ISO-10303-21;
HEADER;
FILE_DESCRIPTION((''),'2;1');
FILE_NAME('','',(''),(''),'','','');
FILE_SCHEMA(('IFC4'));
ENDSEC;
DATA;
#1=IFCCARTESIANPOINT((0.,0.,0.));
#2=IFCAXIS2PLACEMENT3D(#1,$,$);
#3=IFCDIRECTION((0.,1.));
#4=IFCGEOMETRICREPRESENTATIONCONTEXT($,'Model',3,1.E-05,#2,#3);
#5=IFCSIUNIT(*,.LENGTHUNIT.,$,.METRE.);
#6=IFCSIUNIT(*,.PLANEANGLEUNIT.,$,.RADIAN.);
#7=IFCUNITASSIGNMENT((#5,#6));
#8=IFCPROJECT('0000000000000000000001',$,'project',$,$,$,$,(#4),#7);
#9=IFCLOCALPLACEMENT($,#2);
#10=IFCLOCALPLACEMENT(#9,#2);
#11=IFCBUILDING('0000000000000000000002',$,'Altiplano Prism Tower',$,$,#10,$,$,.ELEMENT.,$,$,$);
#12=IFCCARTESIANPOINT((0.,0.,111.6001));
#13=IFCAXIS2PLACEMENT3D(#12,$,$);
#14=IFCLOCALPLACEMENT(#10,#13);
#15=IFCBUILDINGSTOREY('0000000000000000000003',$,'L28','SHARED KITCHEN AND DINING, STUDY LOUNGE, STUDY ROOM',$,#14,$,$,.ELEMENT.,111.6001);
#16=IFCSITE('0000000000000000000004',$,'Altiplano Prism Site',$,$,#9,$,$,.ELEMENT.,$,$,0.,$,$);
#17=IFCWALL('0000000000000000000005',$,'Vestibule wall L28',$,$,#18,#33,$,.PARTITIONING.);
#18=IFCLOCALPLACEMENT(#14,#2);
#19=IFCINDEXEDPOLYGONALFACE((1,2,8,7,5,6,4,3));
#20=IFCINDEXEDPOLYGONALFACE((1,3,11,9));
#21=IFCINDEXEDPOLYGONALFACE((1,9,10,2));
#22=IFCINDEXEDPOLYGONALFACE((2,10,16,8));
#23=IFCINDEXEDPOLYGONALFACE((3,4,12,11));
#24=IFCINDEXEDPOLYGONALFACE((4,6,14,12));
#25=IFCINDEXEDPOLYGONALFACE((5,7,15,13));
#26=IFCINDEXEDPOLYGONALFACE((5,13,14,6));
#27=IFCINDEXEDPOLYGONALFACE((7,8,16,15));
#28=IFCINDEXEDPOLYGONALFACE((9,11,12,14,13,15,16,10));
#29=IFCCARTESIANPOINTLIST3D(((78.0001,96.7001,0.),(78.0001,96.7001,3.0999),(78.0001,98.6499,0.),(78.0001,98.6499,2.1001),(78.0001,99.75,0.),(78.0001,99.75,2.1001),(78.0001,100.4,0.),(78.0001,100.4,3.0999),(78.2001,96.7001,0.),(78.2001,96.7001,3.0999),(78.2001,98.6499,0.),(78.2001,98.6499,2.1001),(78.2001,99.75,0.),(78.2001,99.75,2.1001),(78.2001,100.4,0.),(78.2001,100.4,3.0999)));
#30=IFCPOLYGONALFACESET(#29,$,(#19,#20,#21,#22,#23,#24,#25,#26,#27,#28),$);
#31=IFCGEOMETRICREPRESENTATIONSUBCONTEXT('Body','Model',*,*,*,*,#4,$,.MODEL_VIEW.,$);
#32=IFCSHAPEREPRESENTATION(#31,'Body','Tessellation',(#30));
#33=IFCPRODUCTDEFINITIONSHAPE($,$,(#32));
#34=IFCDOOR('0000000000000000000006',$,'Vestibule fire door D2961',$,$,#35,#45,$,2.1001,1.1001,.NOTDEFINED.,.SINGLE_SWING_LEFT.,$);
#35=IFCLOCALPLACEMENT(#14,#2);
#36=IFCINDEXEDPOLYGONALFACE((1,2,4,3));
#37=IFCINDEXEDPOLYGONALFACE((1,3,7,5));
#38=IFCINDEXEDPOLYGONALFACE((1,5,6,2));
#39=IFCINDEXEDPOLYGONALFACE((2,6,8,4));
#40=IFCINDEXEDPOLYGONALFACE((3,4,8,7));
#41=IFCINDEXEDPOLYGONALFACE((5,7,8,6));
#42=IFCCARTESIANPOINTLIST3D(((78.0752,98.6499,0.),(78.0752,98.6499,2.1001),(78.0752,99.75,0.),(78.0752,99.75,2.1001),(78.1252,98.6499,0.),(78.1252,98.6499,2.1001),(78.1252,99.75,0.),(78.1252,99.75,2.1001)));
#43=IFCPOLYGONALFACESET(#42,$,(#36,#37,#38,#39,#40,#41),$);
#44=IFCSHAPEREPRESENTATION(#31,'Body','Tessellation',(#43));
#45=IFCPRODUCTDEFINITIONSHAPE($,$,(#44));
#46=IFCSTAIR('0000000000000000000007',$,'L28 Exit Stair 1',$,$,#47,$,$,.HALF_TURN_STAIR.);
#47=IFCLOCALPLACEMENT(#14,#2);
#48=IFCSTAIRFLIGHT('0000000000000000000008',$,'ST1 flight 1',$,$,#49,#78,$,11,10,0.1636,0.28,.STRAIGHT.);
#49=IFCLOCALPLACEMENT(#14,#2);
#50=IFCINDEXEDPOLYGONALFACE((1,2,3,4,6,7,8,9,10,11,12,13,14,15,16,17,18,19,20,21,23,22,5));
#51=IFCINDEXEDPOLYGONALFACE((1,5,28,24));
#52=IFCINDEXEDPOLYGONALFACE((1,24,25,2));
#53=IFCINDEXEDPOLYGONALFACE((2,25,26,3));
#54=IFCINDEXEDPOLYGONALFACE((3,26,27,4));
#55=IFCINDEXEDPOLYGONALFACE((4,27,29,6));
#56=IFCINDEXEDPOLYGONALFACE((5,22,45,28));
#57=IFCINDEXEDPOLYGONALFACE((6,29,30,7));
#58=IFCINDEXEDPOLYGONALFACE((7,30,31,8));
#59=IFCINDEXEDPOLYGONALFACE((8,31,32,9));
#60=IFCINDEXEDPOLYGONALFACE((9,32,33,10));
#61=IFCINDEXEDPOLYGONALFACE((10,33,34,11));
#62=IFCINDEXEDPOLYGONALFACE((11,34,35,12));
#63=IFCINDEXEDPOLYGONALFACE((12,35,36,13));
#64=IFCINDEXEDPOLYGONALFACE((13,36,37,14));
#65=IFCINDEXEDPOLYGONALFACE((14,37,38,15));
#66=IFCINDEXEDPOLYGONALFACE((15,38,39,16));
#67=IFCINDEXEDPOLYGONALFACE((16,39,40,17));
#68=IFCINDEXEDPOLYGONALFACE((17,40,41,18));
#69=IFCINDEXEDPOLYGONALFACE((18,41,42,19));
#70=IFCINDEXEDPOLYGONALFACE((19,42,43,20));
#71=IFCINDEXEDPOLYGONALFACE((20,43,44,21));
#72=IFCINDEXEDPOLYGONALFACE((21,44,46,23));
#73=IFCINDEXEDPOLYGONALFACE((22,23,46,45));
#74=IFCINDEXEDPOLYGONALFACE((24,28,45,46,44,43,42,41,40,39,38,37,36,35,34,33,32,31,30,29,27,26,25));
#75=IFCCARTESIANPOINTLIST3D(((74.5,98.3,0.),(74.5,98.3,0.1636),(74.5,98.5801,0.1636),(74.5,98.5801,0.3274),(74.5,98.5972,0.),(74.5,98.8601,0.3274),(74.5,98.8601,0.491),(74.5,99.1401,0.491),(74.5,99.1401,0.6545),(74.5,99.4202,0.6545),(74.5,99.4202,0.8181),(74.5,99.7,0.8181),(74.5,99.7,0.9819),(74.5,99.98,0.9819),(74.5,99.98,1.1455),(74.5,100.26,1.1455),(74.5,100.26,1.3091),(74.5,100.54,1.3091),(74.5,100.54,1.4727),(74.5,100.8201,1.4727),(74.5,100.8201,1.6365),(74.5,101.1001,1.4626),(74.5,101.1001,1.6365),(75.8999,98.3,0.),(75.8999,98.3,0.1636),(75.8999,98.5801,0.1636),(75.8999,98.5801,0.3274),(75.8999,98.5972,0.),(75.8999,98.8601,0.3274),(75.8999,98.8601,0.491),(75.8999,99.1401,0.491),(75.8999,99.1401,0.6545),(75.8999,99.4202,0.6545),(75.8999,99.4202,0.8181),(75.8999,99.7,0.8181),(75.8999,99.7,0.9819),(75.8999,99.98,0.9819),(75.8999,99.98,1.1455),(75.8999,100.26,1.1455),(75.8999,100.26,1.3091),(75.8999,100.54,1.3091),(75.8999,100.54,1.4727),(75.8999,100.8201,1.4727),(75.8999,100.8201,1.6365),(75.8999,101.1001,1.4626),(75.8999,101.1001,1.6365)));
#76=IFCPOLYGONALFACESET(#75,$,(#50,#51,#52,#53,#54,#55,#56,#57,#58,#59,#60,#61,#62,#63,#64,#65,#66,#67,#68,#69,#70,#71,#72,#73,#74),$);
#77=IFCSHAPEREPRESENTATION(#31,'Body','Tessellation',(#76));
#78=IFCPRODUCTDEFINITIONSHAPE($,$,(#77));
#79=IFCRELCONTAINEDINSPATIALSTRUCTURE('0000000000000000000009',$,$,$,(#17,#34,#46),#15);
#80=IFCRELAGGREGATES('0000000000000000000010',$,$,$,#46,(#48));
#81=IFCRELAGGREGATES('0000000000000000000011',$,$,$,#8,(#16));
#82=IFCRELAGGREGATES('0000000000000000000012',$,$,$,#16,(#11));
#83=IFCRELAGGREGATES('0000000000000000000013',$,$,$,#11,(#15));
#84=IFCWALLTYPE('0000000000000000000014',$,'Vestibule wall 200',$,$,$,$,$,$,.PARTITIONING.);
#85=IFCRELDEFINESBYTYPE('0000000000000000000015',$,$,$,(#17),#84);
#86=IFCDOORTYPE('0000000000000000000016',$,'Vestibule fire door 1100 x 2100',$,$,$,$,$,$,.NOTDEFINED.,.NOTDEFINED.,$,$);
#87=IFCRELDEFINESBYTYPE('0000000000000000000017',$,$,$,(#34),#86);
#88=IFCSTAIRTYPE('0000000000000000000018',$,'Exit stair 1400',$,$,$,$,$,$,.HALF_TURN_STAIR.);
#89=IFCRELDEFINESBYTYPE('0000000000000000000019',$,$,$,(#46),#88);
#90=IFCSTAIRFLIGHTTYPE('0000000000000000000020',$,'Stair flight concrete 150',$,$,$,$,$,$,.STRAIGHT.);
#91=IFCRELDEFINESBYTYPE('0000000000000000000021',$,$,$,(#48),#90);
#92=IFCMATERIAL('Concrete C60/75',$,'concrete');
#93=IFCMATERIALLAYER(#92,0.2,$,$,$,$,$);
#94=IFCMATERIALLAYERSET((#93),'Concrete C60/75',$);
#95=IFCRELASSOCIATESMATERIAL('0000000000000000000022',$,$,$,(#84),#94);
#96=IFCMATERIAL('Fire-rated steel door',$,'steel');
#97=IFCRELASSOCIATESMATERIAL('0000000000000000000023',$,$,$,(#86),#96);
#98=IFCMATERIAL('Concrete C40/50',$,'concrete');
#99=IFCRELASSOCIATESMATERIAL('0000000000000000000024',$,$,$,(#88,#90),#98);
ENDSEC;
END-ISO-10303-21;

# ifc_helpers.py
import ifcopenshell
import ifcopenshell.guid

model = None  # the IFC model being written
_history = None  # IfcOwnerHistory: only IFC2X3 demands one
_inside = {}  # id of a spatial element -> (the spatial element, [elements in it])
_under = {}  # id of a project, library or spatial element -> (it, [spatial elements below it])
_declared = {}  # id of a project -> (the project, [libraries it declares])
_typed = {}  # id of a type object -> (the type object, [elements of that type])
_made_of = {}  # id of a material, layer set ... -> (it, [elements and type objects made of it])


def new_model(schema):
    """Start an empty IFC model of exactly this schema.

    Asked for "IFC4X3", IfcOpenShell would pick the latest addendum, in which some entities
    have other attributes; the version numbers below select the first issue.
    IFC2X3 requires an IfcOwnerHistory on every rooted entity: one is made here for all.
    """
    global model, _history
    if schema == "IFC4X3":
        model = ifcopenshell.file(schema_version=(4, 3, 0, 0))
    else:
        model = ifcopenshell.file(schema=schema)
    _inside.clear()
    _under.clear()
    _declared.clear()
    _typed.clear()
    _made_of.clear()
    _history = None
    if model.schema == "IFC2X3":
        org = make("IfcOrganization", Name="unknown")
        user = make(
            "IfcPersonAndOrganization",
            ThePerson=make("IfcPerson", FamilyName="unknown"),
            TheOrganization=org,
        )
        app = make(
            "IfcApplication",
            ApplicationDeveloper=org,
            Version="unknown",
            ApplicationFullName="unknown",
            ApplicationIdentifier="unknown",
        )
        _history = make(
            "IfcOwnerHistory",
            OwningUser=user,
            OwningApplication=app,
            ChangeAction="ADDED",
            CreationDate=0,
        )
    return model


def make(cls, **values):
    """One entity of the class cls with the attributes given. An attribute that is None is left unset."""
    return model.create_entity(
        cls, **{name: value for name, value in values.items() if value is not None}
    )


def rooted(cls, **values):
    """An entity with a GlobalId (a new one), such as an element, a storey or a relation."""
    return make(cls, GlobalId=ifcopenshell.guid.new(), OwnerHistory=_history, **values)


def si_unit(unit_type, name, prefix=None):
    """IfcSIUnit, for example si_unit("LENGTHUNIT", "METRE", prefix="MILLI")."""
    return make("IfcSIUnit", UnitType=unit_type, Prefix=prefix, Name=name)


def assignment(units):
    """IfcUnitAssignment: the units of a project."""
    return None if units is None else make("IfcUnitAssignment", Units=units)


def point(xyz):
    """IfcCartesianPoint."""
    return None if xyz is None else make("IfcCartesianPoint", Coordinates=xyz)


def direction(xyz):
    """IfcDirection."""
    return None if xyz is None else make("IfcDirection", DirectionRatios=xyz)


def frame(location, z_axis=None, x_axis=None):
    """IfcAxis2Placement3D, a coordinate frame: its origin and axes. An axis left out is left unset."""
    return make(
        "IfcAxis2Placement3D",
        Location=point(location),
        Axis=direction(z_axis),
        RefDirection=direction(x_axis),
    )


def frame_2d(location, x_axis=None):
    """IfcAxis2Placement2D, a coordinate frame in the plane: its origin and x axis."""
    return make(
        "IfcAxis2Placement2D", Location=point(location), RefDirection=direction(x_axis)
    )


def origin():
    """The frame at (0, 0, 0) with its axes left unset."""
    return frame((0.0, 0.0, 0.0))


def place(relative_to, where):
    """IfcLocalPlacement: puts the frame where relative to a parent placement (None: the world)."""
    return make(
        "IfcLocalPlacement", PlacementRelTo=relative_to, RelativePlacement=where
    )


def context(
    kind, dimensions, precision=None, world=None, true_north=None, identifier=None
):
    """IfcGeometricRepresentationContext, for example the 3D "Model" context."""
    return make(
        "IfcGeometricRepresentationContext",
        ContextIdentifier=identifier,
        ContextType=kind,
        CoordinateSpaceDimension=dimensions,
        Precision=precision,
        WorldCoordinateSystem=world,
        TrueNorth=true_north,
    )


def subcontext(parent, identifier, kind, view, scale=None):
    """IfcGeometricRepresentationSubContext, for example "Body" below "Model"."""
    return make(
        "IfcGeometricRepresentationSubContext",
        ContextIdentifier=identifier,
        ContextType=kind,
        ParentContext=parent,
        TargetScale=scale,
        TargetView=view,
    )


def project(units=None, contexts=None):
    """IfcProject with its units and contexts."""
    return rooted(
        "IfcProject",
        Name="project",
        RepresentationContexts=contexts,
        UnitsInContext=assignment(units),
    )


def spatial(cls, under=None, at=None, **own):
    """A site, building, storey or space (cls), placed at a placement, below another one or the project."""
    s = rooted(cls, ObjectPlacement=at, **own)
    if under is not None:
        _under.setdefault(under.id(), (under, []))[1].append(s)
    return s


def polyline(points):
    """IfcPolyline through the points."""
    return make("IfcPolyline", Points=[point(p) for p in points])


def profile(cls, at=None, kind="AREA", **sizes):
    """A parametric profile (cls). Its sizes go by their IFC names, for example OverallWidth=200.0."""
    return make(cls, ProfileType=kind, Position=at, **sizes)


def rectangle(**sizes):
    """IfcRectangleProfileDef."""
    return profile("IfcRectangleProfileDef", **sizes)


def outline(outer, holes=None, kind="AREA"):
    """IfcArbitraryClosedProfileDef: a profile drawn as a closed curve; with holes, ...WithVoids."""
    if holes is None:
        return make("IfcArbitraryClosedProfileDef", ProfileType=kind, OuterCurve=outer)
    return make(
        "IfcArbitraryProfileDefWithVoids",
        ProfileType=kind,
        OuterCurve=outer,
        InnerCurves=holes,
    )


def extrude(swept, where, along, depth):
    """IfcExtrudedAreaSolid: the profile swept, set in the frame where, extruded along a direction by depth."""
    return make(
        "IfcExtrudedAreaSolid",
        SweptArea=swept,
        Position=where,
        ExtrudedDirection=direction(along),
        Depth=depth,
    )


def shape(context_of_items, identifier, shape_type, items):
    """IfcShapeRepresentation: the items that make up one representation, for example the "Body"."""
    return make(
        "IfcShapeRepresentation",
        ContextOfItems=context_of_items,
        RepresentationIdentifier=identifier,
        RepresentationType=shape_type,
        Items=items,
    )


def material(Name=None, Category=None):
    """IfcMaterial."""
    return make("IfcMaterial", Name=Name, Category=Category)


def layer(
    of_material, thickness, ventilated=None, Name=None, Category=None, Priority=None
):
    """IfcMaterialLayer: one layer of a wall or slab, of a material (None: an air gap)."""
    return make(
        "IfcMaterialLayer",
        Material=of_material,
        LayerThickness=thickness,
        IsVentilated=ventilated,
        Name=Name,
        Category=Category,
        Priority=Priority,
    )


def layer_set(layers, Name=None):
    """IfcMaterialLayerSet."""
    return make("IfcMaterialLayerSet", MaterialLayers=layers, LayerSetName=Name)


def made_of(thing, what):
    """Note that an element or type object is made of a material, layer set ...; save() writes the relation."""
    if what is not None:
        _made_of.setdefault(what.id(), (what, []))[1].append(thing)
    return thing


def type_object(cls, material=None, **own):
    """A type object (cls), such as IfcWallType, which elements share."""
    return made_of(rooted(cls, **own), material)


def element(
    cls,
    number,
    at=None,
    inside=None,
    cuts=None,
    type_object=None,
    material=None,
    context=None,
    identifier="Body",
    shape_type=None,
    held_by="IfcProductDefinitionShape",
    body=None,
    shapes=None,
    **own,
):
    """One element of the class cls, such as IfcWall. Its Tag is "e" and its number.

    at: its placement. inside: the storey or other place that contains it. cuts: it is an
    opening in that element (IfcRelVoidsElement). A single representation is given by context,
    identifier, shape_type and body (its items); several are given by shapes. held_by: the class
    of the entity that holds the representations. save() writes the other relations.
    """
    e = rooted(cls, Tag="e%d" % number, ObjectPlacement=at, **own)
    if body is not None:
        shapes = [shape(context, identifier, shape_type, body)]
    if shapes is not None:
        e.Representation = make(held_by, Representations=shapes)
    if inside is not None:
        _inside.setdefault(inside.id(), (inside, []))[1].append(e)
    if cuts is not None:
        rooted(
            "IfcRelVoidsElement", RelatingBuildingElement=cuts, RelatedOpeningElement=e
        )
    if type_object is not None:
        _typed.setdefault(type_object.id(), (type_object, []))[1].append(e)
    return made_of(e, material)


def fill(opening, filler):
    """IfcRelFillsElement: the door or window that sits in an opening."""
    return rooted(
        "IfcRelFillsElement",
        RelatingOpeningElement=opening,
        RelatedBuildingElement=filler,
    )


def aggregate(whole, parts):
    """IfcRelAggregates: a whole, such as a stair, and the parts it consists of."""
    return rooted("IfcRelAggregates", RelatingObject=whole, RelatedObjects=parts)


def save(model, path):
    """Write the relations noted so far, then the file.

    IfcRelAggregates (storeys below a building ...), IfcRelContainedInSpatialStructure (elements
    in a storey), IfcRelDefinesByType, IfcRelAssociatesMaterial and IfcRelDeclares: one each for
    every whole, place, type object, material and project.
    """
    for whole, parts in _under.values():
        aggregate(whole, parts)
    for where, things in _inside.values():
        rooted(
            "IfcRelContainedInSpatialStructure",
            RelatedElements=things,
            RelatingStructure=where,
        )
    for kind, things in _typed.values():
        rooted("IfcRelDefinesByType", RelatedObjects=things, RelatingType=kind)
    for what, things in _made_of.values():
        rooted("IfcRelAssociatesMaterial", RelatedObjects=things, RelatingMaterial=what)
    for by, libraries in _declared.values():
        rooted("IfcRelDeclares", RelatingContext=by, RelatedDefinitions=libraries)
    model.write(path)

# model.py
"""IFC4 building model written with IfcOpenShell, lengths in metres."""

from ifc_helpers import new_model, si_unit, direction, frame, frame_2d, origin, place, context, subcontext, project, spatial, polyline, rectangle, outline, extrude, material, layer, layer_set, type_object, element, fill, aggregate, save


model = new_model("IFC4")

# Units and contexts
model_context = context("Model", 3, precision=1e-05, world=origin(), true_north=direction((0.0, 1.0)))
body_context = subcontext(model_context, "Body", "Model", "MODEL_VIEW")
ifc_project = project(units=[si_unit("LENGTHUNIT", "METRE"), si_unit("PLANEANGLEUNIT", "RADIAN")], contexts=[model_context])

# Site, building, storey
site_placement = place(None, origin())
site = spatial("IfcSite", under=ifc_project, at=site_placement, Name="Altiplano Prism Site", CompositionType="ELEMENT", RefElevation=0.0)
building_placement = place(site_placement, origin())
building = spatial("IfcBuilding", under=site, at=building_placement, Name="Altiplano Prism Tower", CompositionType="ELEMENT")
storey_placement = place(building_placement, frame((0.0, 0.0, 111.6001)))
storey = spatial("IfcBuildingStorey", under=building, at=storey_placement, Name="L28", Description="SHARED KITCHEN AND DINING, STUDY LOUNGE, STUDY ROOM", CompositionType="ELEMENT", Elevation=111.6001)

# Shared definitions
ifc_material_1 = material(Name="Fire-rated steel door", Category="steel")

# Shared definitions
ifc_material_2 = material(Name="Concrete C60/75", Category="concrete")

# Shared definitions
ifc_layer_1 = layer(ifc_material_2, 0.2)
ifc_layer_set_1 = layer_set([ifc_layer_1], Name="Concrete C60/75")
wall_type_1 = type_object("IfcWallType", Name="Vestibule wall 200", PredefinedType="PARTITIONING", material=ifc_layer_set_1)

# Wall, opening, door
wall_1_placement = place(storey_placement, frame((78.1001, 96.7, 0.0), z_axis=(0.0, 0.0, 1.0), x_axis=(0.0, 1.0, 0.0)))
wall_1 = element("IfcWall", 1, at=wall_1_placement, inside=storey, type_object=wall_type_1, Name="Vestibule wall L28", PredefinedType="PARTITIONING", context=body_context, shape_type="SweptSolid", body=[
    extrude(rectangle(XDim=3.7, YDim=0.2, at=frame_2d((1.8501, 0.0))), origin(), (0.0, 0.0, 1.0), 3.0999),
])
opening_1_placement = place(wall_1_placement, frame((1.95, 0.0, 0.0)))
opening_1 = element("IfcOpeningElement", 2, at=opening_1_placement, cuts=wall_1, PredefinedType="OPENING", context=body_context, shape_type="SweptSolid", body=[
    extrude(rectangle(XDim=1.1001, YDim=2.1001, at=frame_2d((0.55, 1.05))), frame((0.0, 0.1104, 0.0), z_axis=(0.0, -1.0, 0.0), x_axis=(1.0, 0.0, 0.0)), (0.0, 0.0, 1.0), 0.2209),
])
door_type_1 = type_object("IfcDoorType", Name="Vestibule fire door 1100 x 2100", OperationType="NOTDEFINED", PredefinedType="NOTDEFINED", material=ifc_material_1)
door_1_placement = place(opening_1_placement, origin())
door_1 = element("IfcDoor", 3, at=door_1_placement, inside=storey, type_object=door_type_1, Name="Vestibule fire door D2961", OperationType="SINGLE_SWING_LEFT", OverallHeight=2.1001, OverallWidth=1.1001, PredefinedType="NOTDEFINED", context=body_context, shape_type="SweptSolid", body=[
    extrude(rectangle(XDim=1.1001, YDim=2.1001, at=frame_2d((0.55, 1.05))), frame((0.0, 0.0249, 0.0), z_axis=(0.0, -1.0, 0.0), x_axis=(1.0, 0.0, 0.0)), (0.0, 0.0, 1.0), 0.05),
])
fill(opening_1, door_1)

# Stair, stair flight
ifc_material_3 = material(Name="Concrete C40/50", Category="concrete")
stair_type = type_object("IfcStairType", Name="Exit stair 1400", PredefinedType="HALF_TURN_STAIR", material=ifc_material_3)
stair_placement = place(storey_placement, origin())
stair = element("IfcStair", 4, at=stair_placement, inside=storey, type_object=stair_type, Name="L28 Exit Stair 1", PredefinedType="HALF_TURN_STAIR")
stair_flight_type = type_object("IfcStairFlightType", Name="Stair flight concrete 150", PredefinedType="STRAIGHT", material=ifc_material_3)
stair_flight_placement = place(storey_placement, frame((75.2, 98.3, 0.0), z_axis=(0.0, 0.0, 1.0), x_axis=(0.0, 1.0, 0.0)))
stair_flight = element("IfcStairFlight", 5, at=stair_flight_placement, type_object=stair_flight_type, Name="ST1 flight 1", NumberOfRisers=11, NumberOfTreads=10, PredefinedType="STRAIGHT", RiserHeight=0.1636, TreadLength=0.28, context=body_context, shape_type="SweptSolid", body=[
    extrude(outline(polyline([(0.0, 0.0), (0.0, 0.1636), (0.28, 0.1636), (0.28, 0.3274), (0.5601, 0.3274), (0.5601, 0.491), (0.8401, 0.491), (0.8401, 0.6545), (1.1201, 0.6545), (1.1201, 0.8181), (1.3999, 0.8181), (1.3999, 0.9819), (1.6799, 0.9819), (1.6799, 1.1455), (1.96, 1.1455), (1.96, 1.3091), (2.24, 1.3091), (2.24, 1.4727), (2.52, 1.4727), (2.52, 1.6365), (2.8, 1.6365), (2.8, 1.8), (2.8, 1.4626), (0.2971, 0.0), (0.0, 0.0)])), frame((0.0, 0.7, 0.0), z_axis=(0.0, -1.0, 0.0), x_axis=(1.0, 0.0, 0.0)), (0.0, 0.0, 1.0), 1.3999),
])
aggregate(stair, [stair_flight])

save(model, "model.ifc")
